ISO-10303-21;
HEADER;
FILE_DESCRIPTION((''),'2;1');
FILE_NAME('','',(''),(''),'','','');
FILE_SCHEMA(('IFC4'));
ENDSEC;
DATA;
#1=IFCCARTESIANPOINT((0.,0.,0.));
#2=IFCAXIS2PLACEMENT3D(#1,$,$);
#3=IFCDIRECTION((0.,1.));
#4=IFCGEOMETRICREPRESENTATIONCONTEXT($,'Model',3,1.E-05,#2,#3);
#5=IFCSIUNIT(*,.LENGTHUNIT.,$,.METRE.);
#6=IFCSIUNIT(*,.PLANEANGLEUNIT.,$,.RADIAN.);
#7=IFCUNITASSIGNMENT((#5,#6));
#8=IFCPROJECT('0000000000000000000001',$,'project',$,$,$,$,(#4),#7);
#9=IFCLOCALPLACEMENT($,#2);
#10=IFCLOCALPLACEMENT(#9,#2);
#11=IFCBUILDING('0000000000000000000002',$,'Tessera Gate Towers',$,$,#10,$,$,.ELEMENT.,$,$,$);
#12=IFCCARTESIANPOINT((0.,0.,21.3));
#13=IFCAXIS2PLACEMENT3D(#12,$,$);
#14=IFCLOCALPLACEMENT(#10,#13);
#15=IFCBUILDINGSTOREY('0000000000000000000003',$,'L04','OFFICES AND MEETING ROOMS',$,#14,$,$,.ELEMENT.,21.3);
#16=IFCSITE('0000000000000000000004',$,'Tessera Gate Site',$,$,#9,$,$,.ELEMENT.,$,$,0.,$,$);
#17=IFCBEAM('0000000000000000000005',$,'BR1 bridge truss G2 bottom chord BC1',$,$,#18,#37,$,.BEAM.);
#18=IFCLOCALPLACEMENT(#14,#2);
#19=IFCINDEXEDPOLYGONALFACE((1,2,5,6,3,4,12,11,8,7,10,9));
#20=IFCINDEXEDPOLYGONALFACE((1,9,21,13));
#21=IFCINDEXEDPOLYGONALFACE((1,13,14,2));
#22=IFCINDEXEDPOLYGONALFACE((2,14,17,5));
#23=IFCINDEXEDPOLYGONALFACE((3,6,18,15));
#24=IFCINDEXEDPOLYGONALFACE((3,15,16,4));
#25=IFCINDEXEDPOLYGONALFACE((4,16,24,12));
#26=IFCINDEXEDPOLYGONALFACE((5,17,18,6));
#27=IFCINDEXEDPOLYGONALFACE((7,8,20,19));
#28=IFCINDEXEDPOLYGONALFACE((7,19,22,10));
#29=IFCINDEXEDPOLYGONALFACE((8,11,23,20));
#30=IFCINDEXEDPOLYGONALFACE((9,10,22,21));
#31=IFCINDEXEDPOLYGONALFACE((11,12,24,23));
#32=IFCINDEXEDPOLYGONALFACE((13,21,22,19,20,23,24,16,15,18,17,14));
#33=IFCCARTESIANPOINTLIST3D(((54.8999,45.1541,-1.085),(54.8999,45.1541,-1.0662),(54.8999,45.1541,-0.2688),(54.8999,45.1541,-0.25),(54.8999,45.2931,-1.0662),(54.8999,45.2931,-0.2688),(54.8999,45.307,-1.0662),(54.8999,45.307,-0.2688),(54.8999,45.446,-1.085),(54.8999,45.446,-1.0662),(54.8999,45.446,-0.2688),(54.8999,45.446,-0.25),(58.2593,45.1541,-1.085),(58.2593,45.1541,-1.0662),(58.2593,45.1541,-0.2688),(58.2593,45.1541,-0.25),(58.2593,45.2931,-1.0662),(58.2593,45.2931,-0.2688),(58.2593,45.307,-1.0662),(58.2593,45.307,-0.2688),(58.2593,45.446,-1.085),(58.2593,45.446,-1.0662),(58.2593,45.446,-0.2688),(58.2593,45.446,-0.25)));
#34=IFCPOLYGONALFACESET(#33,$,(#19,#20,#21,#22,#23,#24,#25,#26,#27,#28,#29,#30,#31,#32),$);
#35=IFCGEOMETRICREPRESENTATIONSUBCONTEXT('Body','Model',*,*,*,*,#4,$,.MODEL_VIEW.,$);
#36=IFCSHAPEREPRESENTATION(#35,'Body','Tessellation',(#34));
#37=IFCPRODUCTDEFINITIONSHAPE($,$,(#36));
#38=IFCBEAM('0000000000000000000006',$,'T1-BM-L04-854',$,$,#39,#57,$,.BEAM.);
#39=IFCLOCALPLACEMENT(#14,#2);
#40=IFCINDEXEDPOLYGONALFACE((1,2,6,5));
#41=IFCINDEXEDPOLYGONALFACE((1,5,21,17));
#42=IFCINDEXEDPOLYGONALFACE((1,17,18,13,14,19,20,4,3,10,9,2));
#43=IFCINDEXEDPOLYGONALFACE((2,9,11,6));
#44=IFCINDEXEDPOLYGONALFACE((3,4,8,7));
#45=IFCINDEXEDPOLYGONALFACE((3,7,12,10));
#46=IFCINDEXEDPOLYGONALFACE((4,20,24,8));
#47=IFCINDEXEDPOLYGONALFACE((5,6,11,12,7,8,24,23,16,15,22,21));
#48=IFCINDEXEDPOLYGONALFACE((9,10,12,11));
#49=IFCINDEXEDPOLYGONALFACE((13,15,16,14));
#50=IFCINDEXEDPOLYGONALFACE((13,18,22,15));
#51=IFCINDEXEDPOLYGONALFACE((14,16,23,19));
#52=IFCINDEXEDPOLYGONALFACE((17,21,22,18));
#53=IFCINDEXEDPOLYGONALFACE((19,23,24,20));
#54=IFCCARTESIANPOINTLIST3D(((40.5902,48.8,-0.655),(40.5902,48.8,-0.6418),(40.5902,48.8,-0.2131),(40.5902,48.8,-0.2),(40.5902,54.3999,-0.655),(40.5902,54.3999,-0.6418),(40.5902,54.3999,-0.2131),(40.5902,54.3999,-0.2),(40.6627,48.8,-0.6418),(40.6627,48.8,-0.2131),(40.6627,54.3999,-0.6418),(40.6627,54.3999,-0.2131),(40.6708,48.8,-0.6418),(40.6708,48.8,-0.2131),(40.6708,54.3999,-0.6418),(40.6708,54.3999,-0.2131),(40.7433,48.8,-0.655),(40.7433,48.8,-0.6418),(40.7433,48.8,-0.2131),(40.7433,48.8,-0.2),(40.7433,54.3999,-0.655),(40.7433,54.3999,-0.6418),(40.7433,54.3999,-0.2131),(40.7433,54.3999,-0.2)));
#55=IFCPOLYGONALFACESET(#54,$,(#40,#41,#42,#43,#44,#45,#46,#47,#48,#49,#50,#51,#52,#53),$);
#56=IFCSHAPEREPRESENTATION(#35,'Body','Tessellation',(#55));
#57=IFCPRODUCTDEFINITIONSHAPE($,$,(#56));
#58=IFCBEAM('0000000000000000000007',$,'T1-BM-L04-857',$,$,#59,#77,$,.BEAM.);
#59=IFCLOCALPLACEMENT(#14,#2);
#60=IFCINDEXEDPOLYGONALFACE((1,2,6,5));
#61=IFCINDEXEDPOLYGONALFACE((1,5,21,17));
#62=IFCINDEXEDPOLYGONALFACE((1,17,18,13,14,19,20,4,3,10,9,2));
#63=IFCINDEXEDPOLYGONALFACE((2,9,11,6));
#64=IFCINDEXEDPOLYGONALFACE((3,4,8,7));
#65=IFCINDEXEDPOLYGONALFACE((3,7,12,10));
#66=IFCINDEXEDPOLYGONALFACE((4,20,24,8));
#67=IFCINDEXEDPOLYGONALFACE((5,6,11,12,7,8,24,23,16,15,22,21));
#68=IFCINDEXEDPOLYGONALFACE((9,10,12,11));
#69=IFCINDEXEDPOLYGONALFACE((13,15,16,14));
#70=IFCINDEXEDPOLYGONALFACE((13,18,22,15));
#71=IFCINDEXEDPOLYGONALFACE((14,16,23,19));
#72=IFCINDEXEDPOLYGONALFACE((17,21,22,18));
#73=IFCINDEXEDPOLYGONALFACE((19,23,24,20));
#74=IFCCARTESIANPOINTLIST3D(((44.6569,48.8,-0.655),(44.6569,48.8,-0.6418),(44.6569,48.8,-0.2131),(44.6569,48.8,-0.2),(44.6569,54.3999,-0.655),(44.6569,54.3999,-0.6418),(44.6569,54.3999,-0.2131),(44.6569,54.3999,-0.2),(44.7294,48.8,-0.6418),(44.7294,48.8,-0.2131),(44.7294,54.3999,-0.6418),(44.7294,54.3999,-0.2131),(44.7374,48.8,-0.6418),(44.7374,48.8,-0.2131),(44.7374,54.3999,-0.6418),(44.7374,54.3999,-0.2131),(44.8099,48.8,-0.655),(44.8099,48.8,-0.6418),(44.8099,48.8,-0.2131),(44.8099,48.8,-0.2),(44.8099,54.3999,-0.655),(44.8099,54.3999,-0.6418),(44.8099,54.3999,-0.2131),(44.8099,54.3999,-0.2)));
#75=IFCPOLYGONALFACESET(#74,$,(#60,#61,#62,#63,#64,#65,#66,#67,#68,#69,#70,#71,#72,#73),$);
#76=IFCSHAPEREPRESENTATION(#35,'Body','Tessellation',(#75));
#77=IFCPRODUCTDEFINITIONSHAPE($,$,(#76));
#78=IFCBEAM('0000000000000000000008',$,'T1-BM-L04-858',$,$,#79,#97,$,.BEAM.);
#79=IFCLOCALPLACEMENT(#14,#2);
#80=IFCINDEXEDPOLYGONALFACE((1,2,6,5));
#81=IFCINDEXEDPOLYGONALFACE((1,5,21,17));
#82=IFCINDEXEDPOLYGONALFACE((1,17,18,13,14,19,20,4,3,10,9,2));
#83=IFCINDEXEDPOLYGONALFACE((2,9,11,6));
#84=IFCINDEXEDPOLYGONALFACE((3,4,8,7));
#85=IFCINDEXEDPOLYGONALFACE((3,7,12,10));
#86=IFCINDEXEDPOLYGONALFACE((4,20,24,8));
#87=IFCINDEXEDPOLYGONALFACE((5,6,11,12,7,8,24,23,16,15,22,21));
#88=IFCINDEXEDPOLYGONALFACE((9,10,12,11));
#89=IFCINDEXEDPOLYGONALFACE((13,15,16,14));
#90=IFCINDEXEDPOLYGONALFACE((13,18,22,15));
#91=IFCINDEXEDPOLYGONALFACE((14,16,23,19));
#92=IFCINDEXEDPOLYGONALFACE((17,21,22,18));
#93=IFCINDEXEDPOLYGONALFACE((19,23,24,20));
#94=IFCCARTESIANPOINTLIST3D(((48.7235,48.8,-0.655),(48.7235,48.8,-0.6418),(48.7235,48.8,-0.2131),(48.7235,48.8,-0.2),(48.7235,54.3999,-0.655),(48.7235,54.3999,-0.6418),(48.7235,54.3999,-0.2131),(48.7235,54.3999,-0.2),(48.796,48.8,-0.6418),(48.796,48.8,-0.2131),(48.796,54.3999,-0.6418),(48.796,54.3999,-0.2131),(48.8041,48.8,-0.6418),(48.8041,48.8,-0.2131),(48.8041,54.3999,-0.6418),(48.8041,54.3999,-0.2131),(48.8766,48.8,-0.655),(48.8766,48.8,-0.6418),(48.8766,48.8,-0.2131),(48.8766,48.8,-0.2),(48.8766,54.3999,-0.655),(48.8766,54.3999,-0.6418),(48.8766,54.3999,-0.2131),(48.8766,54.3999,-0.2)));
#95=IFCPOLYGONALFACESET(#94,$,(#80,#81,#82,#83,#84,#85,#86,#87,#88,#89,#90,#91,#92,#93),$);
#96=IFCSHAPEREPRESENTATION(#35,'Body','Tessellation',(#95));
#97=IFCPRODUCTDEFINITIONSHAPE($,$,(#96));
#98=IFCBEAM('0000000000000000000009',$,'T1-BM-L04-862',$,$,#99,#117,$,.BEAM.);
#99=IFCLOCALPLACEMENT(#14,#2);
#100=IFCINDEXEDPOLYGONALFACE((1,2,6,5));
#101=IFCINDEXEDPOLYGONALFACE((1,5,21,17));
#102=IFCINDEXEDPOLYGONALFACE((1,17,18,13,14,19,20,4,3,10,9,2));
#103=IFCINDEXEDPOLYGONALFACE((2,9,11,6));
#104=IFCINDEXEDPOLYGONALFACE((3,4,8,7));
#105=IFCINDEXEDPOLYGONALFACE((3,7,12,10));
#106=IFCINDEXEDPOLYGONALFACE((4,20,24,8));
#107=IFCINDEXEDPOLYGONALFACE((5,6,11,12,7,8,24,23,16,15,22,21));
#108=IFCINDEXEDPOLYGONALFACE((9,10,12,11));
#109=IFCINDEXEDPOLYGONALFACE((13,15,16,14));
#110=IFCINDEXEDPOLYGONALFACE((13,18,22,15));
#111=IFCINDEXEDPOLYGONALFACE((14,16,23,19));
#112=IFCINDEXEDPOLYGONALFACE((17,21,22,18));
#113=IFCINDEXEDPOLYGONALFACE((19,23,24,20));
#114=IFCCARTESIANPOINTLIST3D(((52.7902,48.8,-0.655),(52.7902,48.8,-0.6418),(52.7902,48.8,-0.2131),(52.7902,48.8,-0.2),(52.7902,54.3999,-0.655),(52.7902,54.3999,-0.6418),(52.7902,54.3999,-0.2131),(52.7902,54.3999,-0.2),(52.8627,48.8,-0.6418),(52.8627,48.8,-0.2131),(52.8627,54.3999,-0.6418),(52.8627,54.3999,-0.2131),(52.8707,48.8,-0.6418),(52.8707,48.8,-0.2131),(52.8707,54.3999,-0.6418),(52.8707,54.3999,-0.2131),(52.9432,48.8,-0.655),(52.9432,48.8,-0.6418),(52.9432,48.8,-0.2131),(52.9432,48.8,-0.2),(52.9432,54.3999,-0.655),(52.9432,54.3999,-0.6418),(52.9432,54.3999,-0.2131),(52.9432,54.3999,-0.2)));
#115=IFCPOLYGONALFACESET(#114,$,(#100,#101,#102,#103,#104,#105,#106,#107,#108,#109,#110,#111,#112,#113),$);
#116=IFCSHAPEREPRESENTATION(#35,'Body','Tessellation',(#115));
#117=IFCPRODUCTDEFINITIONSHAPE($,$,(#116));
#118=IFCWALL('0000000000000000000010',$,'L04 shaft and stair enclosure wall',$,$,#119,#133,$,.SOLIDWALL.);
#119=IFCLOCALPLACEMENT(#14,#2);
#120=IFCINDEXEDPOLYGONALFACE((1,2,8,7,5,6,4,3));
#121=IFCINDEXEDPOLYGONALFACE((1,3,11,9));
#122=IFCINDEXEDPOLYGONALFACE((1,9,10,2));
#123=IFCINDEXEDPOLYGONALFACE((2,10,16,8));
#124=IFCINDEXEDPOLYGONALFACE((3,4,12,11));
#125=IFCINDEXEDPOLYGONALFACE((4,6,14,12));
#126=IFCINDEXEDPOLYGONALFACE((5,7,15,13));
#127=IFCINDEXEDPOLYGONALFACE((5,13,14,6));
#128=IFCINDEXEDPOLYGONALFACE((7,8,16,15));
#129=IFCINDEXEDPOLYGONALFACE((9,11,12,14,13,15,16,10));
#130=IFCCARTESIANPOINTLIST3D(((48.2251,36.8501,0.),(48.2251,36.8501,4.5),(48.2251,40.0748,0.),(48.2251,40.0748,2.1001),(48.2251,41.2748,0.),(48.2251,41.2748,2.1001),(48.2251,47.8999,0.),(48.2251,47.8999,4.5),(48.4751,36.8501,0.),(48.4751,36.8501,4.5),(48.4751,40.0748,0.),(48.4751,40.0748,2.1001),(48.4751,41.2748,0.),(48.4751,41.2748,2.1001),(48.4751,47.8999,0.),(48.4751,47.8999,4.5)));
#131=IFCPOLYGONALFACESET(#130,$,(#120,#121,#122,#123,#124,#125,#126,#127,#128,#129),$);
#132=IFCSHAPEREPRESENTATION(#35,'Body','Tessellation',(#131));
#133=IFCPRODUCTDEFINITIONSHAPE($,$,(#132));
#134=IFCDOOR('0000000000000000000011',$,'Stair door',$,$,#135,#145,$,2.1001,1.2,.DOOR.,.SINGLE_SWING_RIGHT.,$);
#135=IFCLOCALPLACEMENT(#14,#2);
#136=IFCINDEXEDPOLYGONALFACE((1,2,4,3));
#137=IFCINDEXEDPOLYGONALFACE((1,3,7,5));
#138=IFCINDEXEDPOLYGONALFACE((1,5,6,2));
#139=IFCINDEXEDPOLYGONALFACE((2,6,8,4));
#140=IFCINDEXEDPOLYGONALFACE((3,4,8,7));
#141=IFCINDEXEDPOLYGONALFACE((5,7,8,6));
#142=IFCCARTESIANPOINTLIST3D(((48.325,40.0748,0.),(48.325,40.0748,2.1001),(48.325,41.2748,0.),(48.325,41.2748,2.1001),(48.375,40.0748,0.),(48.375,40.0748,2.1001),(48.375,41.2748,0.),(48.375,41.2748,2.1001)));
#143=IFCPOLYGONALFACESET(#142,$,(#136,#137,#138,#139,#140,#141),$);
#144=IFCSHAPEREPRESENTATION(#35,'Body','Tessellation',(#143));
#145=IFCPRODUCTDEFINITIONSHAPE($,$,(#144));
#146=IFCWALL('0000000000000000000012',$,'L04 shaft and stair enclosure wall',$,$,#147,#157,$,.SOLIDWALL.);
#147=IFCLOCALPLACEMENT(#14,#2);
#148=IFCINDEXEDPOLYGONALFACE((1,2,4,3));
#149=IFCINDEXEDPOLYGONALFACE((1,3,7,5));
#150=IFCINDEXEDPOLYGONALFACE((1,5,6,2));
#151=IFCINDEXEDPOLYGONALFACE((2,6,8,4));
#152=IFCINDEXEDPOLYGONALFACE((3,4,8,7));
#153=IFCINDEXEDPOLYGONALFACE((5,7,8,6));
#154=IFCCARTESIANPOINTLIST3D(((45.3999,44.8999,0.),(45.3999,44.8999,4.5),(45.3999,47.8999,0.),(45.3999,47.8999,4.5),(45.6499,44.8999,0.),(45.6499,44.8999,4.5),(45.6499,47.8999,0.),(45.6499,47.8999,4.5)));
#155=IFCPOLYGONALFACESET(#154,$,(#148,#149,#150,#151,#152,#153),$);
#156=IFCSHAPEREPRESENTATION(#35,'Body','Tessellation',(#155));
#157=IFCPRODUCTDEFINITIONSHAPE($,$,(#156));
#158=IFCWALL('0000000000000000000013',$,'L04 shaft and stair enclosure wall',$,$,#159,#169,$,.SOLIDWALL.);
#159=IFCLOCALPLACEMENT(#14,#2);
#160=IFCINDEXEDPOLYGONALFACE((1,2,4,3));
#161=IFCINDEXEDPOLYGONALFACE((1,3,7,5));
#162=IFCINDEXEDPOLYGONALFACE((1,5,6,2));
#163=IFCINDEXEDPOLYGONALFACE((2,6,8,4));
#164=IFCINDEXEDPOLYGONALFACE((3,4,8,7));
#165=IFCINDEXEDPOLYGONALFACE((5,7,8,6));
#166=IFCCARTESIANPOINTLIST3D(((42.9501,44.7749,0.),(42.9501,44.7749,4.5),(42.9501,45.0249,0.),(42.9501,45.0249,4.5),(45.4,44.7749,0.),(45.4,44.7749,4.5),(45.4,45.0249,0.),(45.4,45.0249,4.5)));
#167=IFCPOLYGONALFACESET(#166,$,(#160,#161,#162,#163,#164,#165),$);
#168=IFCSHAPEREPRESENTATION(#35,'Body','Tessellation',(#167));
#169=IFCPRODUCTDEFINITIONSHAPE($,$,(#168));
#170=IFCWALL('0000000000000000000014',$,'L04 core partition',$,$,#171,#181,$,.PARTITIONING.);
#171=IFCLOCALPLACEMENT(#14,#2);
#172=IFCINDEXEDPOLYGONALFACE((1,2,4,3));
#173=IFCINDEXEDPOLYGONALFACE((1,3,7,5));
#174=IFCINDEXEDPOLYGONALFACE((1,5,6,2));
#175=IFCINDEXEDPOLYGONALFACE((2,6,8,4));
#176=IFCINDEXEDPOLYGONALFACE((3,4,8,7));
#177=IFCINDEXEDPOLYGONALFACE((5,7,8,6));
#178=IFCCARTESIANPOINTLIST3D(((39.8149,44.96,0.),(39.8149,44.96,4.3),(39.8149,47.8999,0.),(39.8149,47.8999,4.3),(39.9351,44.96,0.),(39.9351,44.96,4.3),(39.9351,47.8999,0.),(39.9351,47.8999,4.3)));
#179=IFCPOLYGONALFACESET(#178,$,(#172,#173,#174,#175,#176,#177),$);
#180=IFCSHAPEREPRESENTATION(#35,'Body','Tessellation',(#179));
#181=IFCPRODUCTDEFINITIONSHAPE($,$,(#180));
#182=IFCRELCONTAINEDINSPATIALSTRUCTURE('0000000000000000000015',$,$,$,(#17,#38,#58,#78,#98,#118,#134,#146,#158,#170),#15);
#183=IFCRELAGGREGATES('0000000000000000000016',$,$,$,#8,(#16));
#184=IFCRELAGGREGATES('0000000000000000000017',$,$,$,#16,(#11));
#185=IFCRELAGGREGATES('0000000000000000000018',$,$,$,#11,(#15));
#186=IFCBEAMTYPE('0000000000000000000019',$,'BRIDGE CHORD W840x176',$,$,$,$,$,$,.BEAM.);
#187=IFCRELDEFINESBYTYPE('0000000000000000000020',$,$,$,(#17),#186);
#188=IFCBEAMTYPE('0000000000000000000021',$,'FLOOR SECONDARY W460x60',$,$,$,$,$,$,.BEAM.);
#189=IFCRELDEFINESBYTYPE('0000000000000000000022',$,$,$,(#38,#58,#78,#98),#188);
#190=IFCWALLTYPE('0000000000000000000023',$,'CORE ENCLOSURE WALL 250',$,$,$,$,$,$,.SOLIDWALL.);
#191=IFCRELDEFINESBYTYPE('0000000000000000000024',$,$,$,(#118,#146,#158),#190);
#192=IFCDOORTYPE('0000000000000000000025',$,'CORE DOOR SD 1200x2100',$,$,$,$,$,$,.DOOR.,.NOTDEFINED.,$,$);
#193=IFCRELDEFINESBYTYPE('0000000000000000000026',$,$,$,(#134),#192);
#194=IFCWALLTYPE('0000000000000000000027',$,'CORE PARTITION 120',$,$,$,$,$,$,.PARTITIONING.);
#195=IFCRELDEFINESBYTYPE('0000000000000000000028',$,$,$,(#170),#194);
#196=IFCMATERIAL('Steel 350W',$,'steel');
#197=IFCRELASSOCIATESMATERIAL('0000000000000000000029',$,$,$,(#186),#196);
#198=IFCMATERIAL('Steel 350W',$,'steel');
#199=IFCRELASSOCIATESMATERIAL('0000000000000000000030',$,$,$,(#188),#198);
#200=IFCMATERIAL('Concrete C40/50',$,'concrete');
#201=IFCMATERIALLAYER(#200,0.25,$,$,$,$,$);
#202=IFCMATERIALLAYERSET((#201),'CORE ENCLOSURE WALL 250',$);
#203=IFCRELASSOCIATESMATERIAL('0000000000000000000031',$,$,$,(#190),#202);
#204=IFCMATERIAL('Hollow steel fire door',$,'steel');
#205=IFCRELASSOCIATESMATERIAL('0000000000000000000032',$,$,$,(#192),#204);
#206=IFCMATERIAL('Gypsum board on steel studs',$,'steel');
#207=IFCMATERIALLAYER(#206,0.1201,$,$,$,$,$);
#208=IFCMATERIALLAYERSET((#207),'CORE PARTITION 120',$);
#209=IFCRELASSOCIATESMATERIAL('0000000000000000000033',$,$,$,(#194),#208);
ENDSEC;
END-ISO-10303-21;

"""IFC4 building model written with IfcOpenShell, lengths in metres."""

from ifc_helpers import new_model, si_unit, direction, frame, frame_2d, origin, origin_2d, place, context, subcontext, project, spatial, rectangle, i_section, extrude, source, transform, mapped, material, layer, layer_set, material_profile, profile_set, type_object, element, fill, save


model = new_model("IFC4")

# Units and contexts
model_context = context("Model", 3, precision=1e-05, world=origin(), true_north=direction((0.0, 1.0)))
body_context = subcontext(model_context, "Body", "Model", "MODEL_VIEW")
ifc_project = project(units=[si_unit("LENGTHUNIT", "METRE"), si_unit("PLANEANGLEUNIT", "RADIAN")], contexts=[model_context])

# Site, building, storey
site_placement = place(None, origin())
site = spatial("IfcSite", under=ifc_project, at=site_placement, Name="Tessera Gate Site", CompositionType="ELEMENT", RefElevation=0.0)
building_placement = place(site_placement, origin())
building = spatial("IfcBuilding", under=site, at=building_placement, Name="Tessera Gate Towers", CompositionType="ELEMENT")
storey_placement = place(building_placement, frame((0.0, 0.0, 21.3)))
storey = spatial("IfcBuildingStorey", under=building, at=storey_placement, Name="L04", Description="OFFICES AND MEETING ROOMS", CompositionType="ELEMENT", Elevation=21.3)

# Beams
ifc_material_1 = material(Name="Steel 350W", Category="steel")
ifc_material_profile_1 = material_profile(ifc_material_1, i_section(OverallWidth=0.292, OverallDepth=0.835, WebThickness=0.0139, FlangeThickness=0.0188, at=origin_2d()), Name="W840x176")
ifc_profile_set_1 = profile_set([ifc_material_profile_1], Name="Steel 350W")
beam_type_1 = type_object("IfcBeamType", Name="BRIDGE CHORD W840x176", PredefinedType="BEAM", material=ifc_profile_set_1)
beam_placement = place(storey_placement, frame((54.8999, 45.3, -0.6675), z_axis=(1.0, 0.0, 0.0), x_axis=(0.0, 1.0, 0.0)))
element("IfcBeam", 1, at=beam_placement, inside=storey, type_object=beam_type_1, Name="BR1 bridge truss G2 bottom chord BC1", PredefinedType="BEAM", context=body_context, shape_type="SweptSolid", body=[
    extrude(i_section(OverallWidth=0.292, OverallDepth=0.835, WebThickness=0.0139, FlangeThickness=0.0188, at=origin_2d()), origin(), (0.0, 0.0, 1.0), 3.3594),
])
ifc_material_2 = material(Name="Steel 350W", Category="steel")
ifc_material_profile_2 = material_profile(ifc_material_2, i_section(OverallWidth=0.1531, OverallDepth=0.4551, WebThickness=0.0081, FlangeThickness=0.0132, at=origin_2d()), Name="W460x60")
ifc_profile_set_2 = profile_set([ifc_material_profile_2], Name="Steel 350W")
beam_type_2 = type_object("IfcBeamType", Name="FLOOR SECONDARY W460x60", PredefinedType="BEAM", material=ifc_profile_set_2)
for number, where, z_axis, x_axis, name in (
    (2, (40.6667, 48.8, -0.4275), (0.0, 1.0, 0.0), (-1.0, 0.0, 0.0), "T1-BM-L04-854"),
    (3, (44.7334, 48.8, -0.4275), (0.0, 1.0, 0.0), (-1.0, 0.0, 0.0), "T1-BM-L04-857"),
    (4, (48.8, 48.8, -0.4275), (0.0, 1.0, 0.0), (-1.0, 0.0, 0.0), "T1-BM-L04-858"),
    (5, (52.8667, 48.8, -0.4275), (0.0, 1.0, 0.0), (-1.0, 0.0, 0.0), "T1-BM-L04-862"),
):
    element("IfcBeam", number, at=place(storey_placement, frame(where, z_axis=z_axis, x_axis=x_axis)), inside=storey, type_object=beam_type_2, Name=name, PredefinedType="BEAM", context=body_context, shape_type="SweptSolid", body=[
        extrude(i_section(OverallWidth=0.1531, OverallDepth=0.4551, WebThickness=0.0081, FlangeThickness=0.0132, at=origin_2d()), origin(), (0.0, 0.0, 1.0), 5.5999),
    ])

# Wall, opening, door
ifc_material_3 = material(Name="Concrete C40/50", Category="concrete")
ifc_layer_1 = layer(ifc_material_3, 0.25)
ifc_layer_set_1 = layer_set([ifc_layer_1], Name="CORE ENCLOSURE WALL 250")
wall_type_1 = type_object("IfcWallType", Name="CORE ENCLOSURE WALL 250", PredefinedType="SOLIDWALL", material=ifc_layer_set_1)
wall_1_placement = place(storey_placement, frame((48.3501, 47.8999, 0.0), z_axis=(0.0, 0.0, 1.0), x_axis=(0.0, -1.0, 0.0)))
wall_1 = element("IfcWall", 6, at=wall_1_placement, inside=storey, type_object=wall_type_1, Name="L04 shaft and stair enclosure wall", PredefinedType="SOLIDWALL", context=body_context, shape_type="SweptSolid", body=[
    extrude(rectangle(XDim=11.0498, YDim=0.25, at=frame_2d((5.5249, 0.0))), origin(), (0.0, 0.0, 1.0), 4.5),
])
shared_shape_1 = source(origin(), body_context, "Body", "SweptSolid", [
    extrude(rectangle(XDim=1.2, YDim=2.1001, at=frame_2d((0.6001, 1.05))), frame((0.0, 0.135, 0.0), z_axis=(0.0, -1.0, 0.0), x_axis=(1.0, 0.0, 0.0)), (0.0, 0.0, 1.0), 0.27),
])
opening_1_placement = place(wall_1_placement, frame((6.625, 0.0, 0.0)))
opening_1 = element("IfcOpeningElement", 7, at=opening_1_placement, cuts=wall_1, PredefinedType="OPENING", context=body_context, shape_type="MappedRepresentation", body=[
    mapped(shared_shape_1, transform((0.0, 0.0, 0.0), scale=1.0)),
])
ifc_material_4 = material(Name="Hollow steel fire door", Category="steel")
door_type_1 = type_object("IfcDoorType", Name="CORE DOOR SD 1200x2100", OperationType="NOTDEFINED", PredefinedType="DOOR", material=ifc_material_4)
shared_shape_2 = source(origin(), body_context, "Body", "SweptSolid", [
    extrude(rectangle(XDim=1.2, YDim=2.1001, at=frame_2d((0.6001, 1.05))), frame((0.0, 0.0249, 0.0), z_axis=(0.0, -1.0, 0.0), x_axis=(1.0, 0.0, 0.0)), (0.0, 0.0, 1.0), 0.05),
])
door_1_placement = place(opening_1_placement, origin())
door_1 = element("IfcDoor", 8, at=door_1_placement, inside=storey, type_object=door_type_1, Name="Stair door", OperationType="SINGLE_SWING_RIGHT", OverallHeight=2.1001, OverallWidth=1.2, PredefinedType="DOOR", context=body_context, shape_type="MappedRepresentation", body=[
    mapped(shared_shape_2, transform((0.0, 0.0, 0.0), scale=1.0)),
])
fill(opening_1, door_1)

# Walls
wall_2_placement = place(storey_placement, frame((45.5249, 44.8999, 0.0), z_axis=(0.0, 0.0, 1.0), x_axis=(0.0, 1.0, 0.0)))
element("IfcWall", 9, at=wall_2_placement, inside=storey, type_object=wall_type_1, Name="L04 shaft and stair enclosure wall", PredefinedType="SOLIDWALL", context=body_context, shape_type="SweptSolid", body=[
    extrude(rectangle(XDim=3.0, YDim=0.25, at=frame_2d((1.5, 0.0))), origin(), (0.0, 0.0, 1.0), 4.5),
])
wall_3_placement = place(storey_placement, frame((42.95, 44.8999, 0.0), z_axis=(0.0, 0.0, 1.0), x_axis=(1.0, 0.0, 0.0)))
element("IfcWall", 10, at=wall_3_placement, inside=storey, type_object=wall_type_1, Name="L04 shaft and stair enclosure wall", PredefinedType="SOLIDWALL", context=body_context, shape_type="SweptSolid", body=[
    extrude(rectangle(XDim=2.45, YDim=0.25, at=frame_2d((1.2251, 0.0))), origin(), (0.0, 0.0, 1.0), 4.5),
])
ifc_material_5 = material(Name="Gypsum board on steel studs", Category="steel")
ifc_layer_2 = layer(ifc_material_5, 0.1201)
ifc_layer_set_2 = layer_set([ifc_layer_2], Name="CORE PARTITION 120")
wall_type_2 = type_object("IfcWallType", Name="CORE PARTITION 120", PredefinedType="PARTITIONING", material=ifc_layer_set_2)
wall_4_placement = place(storey_placement, frame((39.875, 44.96, 0.0), z_axis=(0.0, 0.0, 1.0), x_axis=(0.0, 1.0, 0.0)))
element("IfcWall", 11, at=wall_4_placement, inside=storey, type_object=wall_type_2, Name="L04 core partition", PredefinedType="PARTITIONING", context=body_context, shape_type="SweptSolid", body=[
    extrude(rectangle(XDim=2.9399, YDim=0.1201, at=frame_2d((1.47, 0.0))), origin(), (0.0, 0.0, 1.0), 4.3),
])

save(model, "model.ifc")
